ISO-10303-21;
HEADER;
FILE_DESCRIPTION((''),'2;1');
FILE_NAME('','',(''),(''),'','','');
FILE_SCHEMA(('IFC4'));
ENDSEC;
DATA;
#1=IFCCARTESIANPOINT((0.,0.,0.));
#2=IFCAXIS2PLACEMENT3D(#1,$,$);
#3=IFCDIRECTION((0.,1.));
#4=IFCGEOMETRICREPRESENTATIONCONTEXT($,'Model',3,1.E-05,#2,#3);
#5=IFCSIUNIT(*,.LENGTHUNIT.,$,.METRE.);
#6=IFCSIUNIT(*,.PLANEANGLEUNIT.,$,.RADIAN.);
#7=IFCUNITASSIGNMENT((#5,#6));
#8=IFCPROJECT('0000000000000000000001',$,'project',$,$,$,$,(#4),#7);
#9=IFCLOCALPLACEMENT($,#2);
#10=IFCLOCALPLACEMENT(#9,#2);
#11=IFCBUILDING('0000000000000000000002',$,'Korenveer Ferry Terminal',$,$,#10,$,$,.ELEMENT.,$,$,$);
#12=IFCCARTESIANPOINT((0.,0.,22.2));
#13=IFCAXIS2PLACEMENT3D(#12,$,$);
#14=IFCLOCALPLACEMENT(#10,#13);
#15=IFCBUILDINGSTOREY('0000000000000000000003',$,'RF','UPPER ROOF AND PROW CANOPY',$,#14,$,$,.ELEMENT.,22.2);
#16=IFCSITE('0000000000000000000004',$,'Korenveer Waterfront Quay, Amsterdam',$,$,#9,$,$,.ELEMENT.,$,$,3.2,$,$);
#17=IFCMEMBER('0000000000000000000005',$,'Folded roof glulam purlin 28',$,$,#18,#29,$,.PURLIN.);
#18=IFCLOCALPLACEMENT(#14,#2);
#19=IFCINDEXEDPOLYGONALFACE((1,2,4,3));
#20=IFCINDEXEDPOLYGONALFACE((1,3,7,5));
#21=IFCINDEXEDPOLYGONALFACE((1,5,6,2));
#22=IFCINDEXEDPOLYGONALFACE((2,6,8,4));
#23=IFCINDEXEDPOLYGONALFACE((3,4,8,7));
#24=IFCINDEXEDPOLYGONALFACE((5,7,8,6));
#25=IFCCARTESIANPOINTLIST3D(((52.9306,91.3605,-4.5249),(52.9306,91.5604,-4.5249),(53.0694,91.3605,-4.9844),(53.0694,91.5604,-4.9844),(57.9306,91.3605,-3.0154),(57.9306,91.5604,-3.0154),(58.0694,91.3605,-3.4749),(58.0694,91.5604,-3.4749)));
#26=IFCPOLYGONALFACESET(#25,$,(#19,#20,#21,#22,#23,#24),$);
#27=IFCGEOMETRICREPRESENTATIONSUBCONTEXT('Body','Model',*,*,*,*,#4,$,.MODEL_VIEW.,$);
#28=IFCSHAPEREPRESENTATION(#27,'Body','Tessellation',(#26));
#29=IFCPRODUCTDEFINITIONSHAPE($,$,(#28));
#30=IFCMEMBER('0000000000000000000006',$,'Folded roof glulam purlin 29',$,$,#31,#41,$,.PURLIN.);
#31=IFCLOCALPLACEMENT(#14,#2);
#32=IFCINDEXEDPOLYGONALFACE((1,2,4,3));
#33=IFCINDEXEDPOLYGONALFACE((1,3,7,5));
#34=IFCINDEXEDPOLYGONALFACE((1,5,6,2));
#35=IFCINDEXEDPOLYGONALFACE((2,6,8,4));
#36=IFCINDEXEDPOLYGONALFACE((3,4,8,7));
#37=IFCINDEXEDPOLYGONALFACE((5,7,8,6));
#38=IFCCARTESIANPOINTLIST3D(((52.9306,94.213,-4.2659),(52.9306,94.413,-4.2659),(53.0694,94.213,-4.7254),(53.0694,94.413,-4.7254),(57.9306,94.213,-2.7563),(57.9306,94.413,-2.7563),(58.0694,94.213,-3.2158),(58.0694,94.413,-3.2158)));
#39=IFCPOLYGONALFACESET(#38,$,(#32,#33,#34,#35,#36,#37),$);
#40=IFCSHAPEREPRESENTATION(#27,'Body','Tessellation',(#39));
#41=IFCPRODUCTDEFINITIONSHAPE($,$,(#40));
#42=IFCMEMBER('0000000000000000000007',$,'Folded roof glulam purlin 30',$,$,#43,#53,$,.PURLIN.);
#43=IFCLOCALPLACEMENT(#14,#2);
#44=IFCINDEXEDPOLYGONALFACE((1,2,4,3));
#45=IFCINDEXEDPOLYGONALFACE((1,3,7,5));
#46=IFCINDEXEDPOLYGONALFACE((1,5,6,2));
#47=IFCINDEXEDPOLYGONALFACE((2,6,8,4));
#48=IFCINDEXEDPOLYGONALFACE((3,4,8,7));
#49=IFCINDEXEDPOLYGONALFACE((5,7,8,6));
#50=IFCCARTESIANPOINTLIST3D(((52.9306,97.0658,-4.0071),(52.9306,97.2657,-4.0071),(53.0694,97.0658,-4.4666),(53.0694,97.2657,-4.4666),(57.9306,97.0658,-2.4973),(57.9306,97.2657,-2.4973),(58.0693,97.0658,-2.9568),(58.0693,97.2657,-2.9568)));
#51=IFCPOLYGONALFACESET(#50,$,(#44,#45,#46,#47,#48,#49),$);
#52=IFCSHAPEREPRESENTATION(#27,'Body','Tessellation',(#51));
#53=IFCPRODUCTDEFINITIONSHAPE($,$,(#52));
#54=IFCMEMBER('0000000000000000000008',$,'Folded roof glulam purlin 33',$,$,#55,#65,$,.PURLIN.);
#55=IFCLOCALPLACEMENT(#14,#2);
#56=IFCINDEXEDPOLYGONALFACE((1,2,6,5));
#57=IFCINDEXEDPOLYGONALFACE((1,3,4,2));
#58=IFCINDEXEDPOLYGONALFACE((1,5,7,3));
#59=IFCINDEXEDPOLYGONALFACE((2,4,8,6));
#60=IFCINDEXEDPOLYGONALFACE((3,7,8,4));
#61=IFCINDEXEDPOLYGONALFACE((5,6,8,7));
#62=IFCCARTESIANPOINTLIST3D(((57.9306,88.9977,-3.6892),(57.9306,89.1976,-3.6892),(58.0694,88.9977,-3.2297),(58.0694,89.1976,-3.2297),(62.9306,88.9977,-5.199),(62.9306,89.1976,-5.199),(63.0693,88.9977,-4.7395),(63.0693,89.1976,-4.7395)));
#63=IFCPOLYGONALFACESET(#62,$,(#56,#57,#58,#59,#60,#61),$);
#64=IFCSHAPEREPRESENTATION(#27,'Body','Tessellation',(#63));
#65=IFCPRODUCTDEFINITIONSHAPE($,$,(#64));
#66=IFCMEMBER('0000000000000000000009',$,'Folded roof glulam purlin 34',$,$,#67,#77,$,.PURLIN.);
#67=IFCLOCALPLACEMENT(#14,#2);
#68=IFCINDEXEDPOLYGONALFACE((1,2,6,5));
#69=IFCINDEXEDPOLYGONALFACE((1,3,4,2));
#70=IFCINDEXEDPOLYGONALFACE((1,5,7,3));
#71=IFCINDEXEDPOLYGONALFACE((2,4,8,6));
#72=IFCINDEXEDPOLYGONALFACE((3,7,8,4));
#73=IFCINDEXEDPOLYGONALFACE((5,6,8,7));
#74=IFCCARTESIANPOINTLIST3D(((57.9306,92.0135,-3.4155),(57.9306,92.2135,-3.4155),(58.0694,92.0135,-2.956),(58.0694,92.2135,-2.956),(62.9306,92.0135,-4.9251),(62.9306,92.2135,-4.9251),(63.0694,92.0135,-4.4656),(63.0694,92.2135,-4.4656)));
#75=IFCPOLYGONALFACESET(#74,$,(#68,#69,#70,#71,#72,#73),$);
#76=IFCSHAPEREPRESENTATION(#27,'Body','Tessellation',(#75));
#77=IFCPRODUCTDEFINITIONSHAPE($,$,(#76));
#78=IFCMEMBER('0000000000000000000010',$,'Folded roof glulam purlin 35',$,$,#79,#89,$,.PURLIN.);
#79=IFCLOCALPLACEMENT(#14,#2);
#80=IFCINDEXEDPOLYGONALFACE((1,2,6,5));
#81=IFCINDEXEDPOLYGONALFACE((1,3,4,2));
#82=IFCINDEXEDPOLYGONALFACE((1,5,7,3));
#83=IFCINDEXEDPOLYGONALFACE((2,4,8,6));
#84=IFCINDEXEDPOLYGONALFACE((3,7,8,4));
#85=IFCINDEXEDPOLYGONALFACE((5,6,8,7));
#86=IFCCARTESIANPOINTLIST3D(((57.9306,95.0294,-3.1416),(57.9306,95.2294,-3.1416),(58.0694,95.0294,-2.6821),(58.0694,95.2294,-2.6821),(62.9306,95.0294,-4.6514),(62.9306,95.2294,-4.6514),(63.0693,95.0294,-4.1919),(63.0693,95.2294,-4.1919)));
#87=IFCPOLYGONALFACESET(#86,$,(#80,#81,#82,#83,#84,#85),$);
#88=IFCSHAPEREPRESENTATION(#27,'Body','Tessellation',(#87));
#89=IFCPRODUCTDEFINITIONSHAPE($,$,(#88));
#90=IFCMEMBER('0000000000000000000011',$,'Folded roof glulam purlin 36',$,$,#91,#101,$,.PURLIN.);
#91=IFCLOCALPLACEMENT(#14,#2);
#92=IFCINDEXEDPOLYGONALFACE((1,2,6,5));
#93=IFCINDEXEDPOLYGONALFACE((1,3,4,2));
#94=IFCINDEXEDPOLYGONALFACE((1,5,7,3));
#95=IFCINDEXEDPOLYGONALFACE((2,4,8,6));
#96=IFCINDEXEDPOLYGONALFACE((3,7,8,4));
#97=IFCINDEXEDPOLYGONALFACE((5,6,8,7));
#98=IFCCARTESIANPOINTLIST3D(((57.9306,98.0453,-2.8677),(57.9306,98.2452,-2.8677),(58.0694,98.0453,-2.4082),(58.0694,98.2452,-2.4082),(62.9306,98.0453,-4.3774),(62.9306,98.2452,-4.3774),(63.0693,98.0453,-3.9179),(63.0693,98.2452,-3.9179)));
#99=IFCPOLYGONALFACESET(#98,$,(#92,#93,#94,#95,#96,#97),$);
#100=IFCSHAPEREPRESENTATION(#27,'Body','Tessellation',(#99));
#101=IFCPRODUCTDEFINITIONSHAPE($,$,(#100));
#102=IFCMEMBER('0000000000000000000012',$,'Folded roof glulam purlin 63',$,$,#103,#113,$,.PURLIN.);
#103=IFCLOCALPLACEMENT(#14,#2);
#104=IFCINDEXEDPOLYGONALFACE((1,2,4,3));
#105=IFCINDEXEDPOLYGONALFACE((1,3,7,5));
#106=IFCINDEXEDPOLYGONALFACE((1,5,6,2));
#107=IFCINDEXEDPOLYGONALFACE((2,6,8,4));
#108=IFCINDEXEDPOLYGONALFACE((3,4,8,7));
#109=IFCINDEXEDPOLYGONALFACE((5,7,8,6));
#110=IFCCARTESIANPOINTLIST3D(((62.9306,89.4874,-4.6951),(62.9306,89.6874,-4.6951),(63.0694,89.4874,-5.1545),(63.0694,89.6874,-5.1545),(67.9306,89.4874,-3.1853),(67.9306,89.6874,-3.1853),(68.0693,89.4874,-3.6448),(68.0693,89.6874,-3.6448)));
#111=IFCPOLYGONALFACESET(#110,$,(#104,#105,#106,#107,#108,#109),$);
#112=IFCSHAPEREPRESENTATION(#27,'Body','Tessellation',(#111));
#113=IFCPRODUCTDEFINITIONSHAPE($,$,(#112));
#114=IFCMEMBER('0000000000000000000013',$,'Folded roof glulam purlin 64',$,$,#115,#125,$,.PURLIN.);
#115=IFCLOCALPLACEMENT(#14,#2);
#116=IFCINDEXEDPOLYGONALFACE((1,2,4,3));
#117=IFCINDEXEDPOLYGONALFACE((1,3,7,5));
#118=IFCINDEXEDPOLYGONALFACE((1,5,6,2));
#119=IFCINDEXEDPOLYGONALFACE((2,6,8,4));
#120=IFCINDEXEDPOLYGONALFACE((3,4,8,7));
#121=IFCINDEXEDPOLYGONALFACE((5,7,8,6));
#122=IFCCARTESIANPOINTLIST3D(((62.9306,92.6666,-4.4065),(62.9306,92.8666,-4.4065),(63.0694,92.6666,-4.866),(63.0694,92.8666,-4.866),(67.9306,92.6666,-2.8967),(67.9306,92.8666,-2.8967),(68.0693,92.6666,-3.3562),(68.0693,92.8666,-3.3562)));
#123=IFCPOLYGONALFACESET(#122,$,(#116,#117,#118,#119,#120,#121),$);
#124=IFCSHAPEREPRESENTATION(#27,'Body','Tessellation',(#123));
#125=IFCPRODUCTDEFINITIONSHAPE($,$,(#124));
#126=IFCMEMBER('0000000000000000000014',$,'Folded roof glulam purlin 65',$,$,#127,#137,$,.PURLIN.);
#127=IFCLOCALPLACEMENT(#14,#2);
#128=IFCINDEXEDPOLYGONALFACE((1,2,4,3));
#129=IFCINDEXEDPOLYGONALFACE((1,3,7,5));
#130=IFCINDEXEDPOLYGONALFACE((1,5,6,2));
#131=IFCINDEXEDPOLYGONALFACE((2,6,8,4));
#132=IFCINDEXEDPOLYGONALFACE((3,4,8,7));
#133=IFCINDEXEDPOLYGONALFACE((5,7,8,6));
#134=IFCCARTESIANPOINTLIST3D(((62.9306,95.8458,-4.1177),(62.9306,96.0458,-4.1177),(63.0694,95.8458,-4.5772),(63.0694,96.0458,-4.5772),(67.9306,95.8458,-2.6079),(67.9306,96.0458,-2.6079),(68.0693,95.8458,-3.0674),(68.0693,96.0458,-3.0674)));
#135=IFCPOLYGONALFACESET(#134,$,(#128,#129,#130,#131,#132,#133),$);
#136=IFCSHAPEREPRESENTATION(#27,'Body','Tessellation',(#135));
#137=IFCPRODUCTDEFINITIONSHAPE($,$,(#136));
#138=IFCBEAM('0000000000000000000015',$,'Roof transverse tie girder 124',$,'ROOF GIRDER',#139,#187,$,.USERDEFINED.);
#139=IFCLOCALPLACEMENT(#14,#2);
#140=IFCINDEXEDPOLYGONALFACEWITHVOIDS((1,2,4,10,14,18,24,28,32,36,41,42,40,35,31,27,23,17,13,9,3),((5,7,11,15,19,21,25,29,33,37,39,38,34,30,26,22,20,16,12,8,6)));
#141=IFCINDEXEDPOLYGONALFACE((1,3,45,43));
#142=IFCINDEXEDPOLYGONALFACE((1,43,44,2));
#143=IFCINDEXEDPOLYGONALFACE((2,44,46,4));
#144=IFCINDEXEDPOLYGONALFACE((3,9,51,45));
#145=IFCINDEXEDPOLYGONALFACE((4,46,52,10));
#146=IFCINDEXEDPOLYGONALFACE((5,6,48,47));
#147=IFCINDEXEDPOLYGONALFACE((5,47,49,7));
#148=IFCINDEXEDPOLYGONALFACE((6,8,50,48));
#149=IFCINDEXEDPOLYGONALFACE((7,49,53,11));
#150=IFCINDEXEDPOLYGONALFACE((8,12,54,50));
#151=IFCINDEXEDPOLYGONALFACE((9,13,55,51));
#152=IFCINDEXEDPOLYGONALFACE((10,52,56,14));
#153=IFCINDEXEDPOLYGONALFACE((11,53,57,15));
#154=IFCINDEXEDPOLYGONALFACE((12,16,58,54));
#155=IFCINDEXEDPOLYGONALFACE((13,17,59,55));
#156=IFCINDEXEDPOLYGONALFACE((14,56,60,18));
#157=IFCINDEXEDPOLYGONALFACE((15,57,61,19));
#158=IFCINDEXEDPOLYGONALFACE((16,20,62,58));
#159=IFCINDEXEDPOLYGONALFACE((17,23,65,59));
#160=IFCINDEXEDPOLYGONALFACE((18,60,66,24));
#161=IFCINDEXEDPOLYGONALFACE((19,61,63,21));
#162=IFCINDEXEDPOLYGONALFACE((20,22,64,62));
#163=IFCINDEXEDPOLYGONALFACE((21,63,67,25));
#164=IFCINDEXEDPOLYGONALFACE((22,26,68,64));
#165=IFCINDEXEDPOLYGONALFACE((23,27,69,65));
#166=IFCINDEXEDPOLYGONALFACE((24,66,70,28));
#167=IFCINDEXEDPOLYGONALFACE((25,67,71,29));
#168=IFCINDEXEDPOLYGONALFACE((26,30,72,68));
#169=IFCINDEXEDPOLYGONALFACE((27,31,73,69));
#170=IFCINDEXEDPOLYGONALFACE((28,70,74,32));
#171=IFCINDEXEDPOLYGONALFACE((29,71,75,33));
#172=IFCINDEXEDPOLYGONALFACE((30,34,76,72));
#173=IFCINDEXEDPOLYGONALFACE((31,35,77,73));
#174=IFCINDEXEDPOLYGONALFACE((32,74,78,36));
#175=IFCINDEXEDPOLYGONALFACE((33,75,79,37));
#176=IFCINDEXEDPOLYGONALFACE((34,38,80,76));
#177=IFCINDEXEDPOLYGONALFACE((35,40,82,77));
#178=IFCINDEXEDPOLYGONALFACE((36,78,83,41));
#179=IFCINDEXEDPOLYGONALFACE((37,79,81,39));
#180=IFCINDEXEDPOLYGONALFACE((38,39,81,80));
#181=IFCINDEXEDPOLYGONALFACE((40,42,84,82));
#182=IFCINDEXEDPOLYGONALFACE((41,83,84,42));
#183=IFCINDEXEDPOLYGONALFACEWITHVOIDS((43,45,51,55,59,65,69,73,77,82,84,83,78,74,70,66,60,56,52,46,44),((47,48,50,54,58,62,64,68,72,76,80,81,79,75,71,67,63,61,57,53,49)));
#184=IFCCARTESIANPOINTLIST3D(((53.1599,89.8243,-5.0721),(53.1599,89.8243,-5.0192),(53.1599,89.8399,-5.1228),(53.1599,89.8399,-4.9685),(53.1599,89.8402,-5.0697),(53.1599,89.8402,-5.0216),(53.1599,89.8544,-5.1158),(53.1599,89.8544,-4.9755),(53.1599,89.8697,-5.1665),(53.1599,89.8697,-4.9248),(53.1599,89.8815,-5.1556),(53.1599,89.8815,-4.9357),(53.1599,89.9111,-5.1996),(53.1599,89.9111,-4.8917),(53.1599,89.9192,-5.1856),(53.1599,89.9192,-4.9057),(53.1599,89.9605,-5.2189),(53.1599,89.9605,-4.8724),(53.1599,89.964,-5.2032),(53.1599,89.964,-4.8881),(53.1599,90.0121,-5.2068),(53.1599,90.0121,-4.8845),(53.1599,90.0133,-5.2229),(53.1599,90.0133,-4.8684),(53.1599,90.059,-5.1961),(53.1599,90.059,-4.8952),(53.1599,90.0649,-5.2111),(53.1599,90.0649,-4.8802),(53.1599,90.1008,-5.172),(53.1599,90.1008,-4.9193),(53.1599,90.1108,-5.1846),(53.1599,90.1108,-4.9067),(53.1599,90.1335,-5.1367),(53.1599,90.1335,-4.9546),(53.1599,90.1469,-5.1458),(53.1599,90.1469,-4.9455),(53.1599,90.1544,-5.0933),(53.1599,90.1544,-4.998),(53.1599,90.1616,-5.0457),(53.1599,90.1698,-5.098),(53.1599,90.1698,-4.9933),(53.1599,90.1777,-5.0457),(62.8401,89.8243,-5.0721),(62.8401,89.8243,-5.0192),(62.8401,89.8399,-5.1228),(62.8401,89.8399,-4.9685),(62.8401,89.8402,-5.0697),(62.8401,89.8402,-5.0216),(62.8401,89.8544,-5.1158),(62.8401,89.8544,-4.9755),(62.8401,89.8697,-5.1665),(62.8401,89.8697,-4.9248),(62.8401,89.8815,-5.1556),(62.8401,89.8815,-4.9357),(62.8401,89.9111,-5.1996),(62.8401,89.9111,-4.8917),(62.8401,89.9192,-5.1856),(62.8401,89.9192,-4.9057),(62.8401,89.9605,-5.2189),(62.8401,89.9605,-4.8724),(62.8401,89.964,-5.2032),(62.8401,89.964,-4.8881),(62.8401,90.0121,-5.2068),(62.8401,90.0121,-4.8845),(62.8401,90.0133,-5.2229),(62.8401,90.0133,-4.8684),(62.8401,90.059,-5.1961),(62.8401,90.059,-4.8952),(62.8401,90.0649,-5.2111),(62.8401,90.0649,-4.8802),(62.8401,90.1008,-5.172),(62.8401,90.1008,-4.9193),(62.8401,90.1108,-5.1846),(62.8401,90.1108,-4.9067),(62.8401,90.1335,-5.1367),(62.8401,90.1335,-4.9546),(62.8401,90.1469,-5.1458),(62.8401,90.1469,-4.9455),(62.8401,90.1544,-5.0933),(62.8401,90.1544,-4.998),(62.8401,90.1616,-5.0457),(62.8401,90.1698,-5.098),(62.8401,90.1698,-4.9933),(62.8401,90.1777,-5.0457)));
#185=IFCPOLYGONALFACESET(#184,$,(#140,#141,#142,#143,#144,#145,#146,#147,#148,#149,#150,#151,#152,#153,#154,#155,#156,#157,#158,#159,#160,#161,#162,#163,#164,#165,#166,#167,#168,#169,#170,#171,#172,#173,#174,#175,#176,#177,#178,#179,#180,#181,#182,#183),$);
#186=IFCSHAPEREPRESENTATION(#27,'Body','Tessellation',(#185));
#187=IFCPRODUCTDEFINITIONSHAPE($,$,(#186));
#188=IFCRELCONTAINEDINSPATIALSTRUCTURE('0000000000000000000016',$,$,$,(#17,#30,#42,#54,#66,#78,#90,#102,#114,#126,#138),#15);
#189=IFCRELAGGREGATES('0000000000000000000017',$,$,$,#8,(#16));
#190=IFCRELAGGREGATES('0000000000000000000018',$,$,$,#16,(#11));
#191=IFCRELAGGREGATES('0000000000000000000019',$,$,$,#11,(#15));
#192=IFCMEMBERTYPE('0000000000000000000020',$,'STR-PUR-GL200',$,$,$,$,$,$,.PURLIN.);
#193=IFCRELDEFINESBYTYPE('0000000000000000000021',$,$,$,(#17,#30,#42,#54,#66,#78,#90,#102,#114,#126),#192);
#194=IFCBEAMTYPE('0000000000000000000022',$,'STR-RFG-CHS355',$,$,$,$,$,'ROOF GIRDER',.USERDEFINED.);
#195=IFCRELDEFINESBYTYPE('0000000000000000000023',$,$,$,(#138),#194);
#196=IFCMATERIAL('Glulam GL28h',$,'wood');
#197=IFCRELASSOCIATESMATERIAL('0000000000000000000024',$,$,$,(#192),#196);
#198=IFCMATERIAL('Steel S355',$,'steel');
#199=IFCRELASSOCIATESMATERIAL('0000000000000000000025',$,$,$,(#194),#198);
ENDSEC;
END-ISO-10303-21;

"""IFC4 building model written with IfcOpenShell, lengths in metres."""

from ifc_helpers import new_model, si_unit, direction, frame, origin, origin_2d, place, context, subcontext, project, spatial, rectangle, hollow_circle, extrude, material, material_profile, profile_set, type_object, element, save


model = new_model("IFC4")

# Units and contexts
model_context = context("Model", 3, precision=1e-05, world=origin(), true_north=direction((0.0, 1.0)))
body_context = subcontext(model_context, "Body", "Model", "MODEL_VIEW")
ifc_project = project(units=[si_unit("LENGTHUNIT", "METRE"), si_unit("PLANEANGLEUNIT", "RADIAN")], contexts=[model_context])

# Site, building, storey
site_placement = place(None, origin())
site = spatial("IfcSite", under=ifc_project, at=site_placement, Name="Korenveer Waterfront Quay, Amsterdam", CompositionType="ELEMENT", RefElevation=3.2)
building_placement = place(site_placement, origin())
building = spatial("IfcBuilding", under=site, at=building_placement, Name="Korenveer Ferry Terminal", CompositionType="ELEMENT")
storey_placement = place(building_placement, frame((0.0, 0.0, 22.2)))
storey = spatial("IfcBuildingStorey", under=building, at=storey_placement, Name="RF", Description="UPPER ROOF AND PROW CANOPY", CompositionType="ELEMENT", Elevation=22.2)

# Shared definitions
ifc_material_1 = material(Name="Steel S355", Category="steel")

# Members
ifc_material_2 = material(Name="Glulam GL28h", Category="wood")
ifc_material_profile_1 = material_profile(ifc_material_2, rectangle(XDim=0.2, YDim=0.48, at=origin_2d()), Name="GL 200x480")
ifc_profile_set_1 = profile_set([ifc_material_profile_1], Name="Glulam GL28h")
member_type_1 = type_object("IfcMemberType", Name="STR-PUR-GL200", PredefinedType="PURLIN", material=ifc_profile_set_1)
for number, where, z_axis, x_axis, name in (
    (1, (53.0, 91.4604, -4.7546), (0.957323, 0.0, 0.28902), (0.0, 1.0, 0.0), "Folded roof glulam purlin 28"),
    (2, (53.0, 94.313, -4.4956), (0.957323, 0.0, 0.28902), (0.0, 1.0, 0.0), "Folded roof glulam purlin 29"),
    (3, (53.0, 97.1658, -4.2368), (0.95731, 0.0, 0.289063), (0.0, 1.0, 0.0), "Folded roof glulam purlin 30"),
    (4, (58.0, 89.0977, -3.4595), (0.95731, 0.0, -0.289063), (0.0, 1.0, 0.0), "Folded roof glulam purlin 33"),
    (5, (58.0, 92.1135, -3.1858), (0.957323, 0.0, -0.28902), (0.0, 1.0, 0.0), "Folded roof glulam purlin 34"),
    (6, (58.0, 95.1294, -2.9119), (0.95731, 0.0, -0.289063), (0.0, 1.0, 0.0), "Folded roof glulam purlin 35"),
    (7, (58.0, 98.1453, -2.6379), (0.95731, 0.0, -0.289063), (0.0, 1.0, 0.0), "Folded roof glulam purlin 36"),
    (8, (63.0, 89.5874, -4.9248), (0.95731, 0.0, 0.289063), (0.0, 1.0, 0.0), "Folded roof glulam purlin 63"),
    (9, (63.0, 92.7666, -4.6362), (0.95731, 0.0, 0.289063), (0.0, 1.0, 0.0), "Folded roof glulam purlin 64"),
    (10, (63.0, 95.9458, -4.3474), (0.95731, 0.0, 0.289063), (0.0, 1.0, 0.0), "Folded roof glulam purlin 65"),
):
    element("IfcMember", number, at=place(storey_placement, frame(where, z_axis=z_axis, x_axis=x_axis)), inside=storey, type_object=member_type_1, Name=name, PredefinedType="PURLIN", context=body_context, shape_type="SweptSolid", body=[
        extrude(rectangle(XDim=0.2, YDim=0.48, at=origin_2d()), origin(), (0.0, 0.0, 1.0), 5.2229),
    ])

# Beam
ifc_material_profile_2 = material_profile(ifc_material_1, hollow_circle(Radius=0.1777, WallThickness=0.0161, at=origin_2d()), Name="CHS 355.6x16")
ifc_profile_set_2 = profile_set([ifc_material_profile_2], Name="Steel S355")
beam_type_1 = type_object("IfcBeamType", Name="STR-RFG-CHS355", ElementType="ROOF GIRDER", PredefinedType="USERDEFINED", material=ifc_profile_set_2)
beam_1_placement = place(storey_placement, frame((53.1599, 90.0, -5.0457), z_axis=(1.0, 0.0, 0.0), x_axis=(0.0, 1.0, 0.0)))
element("IfcBeam", 11, at=beam_1_placement, inside=storey, type_object=beam_type_1, Name="Roof transverse tie girder 124", ObjectType="ROOF GIRDER", PredefinedType="USERDEFINED", context=body_context, shape_type="SweptSolid", body=[
    extrude(hollow_circle(Radius=0.1777, WallThickness=0.0161, at=origin_2d()), origin(), (0.0, 0.0, 1.0), 9.6802),
])

save(model, "model.ifc")
